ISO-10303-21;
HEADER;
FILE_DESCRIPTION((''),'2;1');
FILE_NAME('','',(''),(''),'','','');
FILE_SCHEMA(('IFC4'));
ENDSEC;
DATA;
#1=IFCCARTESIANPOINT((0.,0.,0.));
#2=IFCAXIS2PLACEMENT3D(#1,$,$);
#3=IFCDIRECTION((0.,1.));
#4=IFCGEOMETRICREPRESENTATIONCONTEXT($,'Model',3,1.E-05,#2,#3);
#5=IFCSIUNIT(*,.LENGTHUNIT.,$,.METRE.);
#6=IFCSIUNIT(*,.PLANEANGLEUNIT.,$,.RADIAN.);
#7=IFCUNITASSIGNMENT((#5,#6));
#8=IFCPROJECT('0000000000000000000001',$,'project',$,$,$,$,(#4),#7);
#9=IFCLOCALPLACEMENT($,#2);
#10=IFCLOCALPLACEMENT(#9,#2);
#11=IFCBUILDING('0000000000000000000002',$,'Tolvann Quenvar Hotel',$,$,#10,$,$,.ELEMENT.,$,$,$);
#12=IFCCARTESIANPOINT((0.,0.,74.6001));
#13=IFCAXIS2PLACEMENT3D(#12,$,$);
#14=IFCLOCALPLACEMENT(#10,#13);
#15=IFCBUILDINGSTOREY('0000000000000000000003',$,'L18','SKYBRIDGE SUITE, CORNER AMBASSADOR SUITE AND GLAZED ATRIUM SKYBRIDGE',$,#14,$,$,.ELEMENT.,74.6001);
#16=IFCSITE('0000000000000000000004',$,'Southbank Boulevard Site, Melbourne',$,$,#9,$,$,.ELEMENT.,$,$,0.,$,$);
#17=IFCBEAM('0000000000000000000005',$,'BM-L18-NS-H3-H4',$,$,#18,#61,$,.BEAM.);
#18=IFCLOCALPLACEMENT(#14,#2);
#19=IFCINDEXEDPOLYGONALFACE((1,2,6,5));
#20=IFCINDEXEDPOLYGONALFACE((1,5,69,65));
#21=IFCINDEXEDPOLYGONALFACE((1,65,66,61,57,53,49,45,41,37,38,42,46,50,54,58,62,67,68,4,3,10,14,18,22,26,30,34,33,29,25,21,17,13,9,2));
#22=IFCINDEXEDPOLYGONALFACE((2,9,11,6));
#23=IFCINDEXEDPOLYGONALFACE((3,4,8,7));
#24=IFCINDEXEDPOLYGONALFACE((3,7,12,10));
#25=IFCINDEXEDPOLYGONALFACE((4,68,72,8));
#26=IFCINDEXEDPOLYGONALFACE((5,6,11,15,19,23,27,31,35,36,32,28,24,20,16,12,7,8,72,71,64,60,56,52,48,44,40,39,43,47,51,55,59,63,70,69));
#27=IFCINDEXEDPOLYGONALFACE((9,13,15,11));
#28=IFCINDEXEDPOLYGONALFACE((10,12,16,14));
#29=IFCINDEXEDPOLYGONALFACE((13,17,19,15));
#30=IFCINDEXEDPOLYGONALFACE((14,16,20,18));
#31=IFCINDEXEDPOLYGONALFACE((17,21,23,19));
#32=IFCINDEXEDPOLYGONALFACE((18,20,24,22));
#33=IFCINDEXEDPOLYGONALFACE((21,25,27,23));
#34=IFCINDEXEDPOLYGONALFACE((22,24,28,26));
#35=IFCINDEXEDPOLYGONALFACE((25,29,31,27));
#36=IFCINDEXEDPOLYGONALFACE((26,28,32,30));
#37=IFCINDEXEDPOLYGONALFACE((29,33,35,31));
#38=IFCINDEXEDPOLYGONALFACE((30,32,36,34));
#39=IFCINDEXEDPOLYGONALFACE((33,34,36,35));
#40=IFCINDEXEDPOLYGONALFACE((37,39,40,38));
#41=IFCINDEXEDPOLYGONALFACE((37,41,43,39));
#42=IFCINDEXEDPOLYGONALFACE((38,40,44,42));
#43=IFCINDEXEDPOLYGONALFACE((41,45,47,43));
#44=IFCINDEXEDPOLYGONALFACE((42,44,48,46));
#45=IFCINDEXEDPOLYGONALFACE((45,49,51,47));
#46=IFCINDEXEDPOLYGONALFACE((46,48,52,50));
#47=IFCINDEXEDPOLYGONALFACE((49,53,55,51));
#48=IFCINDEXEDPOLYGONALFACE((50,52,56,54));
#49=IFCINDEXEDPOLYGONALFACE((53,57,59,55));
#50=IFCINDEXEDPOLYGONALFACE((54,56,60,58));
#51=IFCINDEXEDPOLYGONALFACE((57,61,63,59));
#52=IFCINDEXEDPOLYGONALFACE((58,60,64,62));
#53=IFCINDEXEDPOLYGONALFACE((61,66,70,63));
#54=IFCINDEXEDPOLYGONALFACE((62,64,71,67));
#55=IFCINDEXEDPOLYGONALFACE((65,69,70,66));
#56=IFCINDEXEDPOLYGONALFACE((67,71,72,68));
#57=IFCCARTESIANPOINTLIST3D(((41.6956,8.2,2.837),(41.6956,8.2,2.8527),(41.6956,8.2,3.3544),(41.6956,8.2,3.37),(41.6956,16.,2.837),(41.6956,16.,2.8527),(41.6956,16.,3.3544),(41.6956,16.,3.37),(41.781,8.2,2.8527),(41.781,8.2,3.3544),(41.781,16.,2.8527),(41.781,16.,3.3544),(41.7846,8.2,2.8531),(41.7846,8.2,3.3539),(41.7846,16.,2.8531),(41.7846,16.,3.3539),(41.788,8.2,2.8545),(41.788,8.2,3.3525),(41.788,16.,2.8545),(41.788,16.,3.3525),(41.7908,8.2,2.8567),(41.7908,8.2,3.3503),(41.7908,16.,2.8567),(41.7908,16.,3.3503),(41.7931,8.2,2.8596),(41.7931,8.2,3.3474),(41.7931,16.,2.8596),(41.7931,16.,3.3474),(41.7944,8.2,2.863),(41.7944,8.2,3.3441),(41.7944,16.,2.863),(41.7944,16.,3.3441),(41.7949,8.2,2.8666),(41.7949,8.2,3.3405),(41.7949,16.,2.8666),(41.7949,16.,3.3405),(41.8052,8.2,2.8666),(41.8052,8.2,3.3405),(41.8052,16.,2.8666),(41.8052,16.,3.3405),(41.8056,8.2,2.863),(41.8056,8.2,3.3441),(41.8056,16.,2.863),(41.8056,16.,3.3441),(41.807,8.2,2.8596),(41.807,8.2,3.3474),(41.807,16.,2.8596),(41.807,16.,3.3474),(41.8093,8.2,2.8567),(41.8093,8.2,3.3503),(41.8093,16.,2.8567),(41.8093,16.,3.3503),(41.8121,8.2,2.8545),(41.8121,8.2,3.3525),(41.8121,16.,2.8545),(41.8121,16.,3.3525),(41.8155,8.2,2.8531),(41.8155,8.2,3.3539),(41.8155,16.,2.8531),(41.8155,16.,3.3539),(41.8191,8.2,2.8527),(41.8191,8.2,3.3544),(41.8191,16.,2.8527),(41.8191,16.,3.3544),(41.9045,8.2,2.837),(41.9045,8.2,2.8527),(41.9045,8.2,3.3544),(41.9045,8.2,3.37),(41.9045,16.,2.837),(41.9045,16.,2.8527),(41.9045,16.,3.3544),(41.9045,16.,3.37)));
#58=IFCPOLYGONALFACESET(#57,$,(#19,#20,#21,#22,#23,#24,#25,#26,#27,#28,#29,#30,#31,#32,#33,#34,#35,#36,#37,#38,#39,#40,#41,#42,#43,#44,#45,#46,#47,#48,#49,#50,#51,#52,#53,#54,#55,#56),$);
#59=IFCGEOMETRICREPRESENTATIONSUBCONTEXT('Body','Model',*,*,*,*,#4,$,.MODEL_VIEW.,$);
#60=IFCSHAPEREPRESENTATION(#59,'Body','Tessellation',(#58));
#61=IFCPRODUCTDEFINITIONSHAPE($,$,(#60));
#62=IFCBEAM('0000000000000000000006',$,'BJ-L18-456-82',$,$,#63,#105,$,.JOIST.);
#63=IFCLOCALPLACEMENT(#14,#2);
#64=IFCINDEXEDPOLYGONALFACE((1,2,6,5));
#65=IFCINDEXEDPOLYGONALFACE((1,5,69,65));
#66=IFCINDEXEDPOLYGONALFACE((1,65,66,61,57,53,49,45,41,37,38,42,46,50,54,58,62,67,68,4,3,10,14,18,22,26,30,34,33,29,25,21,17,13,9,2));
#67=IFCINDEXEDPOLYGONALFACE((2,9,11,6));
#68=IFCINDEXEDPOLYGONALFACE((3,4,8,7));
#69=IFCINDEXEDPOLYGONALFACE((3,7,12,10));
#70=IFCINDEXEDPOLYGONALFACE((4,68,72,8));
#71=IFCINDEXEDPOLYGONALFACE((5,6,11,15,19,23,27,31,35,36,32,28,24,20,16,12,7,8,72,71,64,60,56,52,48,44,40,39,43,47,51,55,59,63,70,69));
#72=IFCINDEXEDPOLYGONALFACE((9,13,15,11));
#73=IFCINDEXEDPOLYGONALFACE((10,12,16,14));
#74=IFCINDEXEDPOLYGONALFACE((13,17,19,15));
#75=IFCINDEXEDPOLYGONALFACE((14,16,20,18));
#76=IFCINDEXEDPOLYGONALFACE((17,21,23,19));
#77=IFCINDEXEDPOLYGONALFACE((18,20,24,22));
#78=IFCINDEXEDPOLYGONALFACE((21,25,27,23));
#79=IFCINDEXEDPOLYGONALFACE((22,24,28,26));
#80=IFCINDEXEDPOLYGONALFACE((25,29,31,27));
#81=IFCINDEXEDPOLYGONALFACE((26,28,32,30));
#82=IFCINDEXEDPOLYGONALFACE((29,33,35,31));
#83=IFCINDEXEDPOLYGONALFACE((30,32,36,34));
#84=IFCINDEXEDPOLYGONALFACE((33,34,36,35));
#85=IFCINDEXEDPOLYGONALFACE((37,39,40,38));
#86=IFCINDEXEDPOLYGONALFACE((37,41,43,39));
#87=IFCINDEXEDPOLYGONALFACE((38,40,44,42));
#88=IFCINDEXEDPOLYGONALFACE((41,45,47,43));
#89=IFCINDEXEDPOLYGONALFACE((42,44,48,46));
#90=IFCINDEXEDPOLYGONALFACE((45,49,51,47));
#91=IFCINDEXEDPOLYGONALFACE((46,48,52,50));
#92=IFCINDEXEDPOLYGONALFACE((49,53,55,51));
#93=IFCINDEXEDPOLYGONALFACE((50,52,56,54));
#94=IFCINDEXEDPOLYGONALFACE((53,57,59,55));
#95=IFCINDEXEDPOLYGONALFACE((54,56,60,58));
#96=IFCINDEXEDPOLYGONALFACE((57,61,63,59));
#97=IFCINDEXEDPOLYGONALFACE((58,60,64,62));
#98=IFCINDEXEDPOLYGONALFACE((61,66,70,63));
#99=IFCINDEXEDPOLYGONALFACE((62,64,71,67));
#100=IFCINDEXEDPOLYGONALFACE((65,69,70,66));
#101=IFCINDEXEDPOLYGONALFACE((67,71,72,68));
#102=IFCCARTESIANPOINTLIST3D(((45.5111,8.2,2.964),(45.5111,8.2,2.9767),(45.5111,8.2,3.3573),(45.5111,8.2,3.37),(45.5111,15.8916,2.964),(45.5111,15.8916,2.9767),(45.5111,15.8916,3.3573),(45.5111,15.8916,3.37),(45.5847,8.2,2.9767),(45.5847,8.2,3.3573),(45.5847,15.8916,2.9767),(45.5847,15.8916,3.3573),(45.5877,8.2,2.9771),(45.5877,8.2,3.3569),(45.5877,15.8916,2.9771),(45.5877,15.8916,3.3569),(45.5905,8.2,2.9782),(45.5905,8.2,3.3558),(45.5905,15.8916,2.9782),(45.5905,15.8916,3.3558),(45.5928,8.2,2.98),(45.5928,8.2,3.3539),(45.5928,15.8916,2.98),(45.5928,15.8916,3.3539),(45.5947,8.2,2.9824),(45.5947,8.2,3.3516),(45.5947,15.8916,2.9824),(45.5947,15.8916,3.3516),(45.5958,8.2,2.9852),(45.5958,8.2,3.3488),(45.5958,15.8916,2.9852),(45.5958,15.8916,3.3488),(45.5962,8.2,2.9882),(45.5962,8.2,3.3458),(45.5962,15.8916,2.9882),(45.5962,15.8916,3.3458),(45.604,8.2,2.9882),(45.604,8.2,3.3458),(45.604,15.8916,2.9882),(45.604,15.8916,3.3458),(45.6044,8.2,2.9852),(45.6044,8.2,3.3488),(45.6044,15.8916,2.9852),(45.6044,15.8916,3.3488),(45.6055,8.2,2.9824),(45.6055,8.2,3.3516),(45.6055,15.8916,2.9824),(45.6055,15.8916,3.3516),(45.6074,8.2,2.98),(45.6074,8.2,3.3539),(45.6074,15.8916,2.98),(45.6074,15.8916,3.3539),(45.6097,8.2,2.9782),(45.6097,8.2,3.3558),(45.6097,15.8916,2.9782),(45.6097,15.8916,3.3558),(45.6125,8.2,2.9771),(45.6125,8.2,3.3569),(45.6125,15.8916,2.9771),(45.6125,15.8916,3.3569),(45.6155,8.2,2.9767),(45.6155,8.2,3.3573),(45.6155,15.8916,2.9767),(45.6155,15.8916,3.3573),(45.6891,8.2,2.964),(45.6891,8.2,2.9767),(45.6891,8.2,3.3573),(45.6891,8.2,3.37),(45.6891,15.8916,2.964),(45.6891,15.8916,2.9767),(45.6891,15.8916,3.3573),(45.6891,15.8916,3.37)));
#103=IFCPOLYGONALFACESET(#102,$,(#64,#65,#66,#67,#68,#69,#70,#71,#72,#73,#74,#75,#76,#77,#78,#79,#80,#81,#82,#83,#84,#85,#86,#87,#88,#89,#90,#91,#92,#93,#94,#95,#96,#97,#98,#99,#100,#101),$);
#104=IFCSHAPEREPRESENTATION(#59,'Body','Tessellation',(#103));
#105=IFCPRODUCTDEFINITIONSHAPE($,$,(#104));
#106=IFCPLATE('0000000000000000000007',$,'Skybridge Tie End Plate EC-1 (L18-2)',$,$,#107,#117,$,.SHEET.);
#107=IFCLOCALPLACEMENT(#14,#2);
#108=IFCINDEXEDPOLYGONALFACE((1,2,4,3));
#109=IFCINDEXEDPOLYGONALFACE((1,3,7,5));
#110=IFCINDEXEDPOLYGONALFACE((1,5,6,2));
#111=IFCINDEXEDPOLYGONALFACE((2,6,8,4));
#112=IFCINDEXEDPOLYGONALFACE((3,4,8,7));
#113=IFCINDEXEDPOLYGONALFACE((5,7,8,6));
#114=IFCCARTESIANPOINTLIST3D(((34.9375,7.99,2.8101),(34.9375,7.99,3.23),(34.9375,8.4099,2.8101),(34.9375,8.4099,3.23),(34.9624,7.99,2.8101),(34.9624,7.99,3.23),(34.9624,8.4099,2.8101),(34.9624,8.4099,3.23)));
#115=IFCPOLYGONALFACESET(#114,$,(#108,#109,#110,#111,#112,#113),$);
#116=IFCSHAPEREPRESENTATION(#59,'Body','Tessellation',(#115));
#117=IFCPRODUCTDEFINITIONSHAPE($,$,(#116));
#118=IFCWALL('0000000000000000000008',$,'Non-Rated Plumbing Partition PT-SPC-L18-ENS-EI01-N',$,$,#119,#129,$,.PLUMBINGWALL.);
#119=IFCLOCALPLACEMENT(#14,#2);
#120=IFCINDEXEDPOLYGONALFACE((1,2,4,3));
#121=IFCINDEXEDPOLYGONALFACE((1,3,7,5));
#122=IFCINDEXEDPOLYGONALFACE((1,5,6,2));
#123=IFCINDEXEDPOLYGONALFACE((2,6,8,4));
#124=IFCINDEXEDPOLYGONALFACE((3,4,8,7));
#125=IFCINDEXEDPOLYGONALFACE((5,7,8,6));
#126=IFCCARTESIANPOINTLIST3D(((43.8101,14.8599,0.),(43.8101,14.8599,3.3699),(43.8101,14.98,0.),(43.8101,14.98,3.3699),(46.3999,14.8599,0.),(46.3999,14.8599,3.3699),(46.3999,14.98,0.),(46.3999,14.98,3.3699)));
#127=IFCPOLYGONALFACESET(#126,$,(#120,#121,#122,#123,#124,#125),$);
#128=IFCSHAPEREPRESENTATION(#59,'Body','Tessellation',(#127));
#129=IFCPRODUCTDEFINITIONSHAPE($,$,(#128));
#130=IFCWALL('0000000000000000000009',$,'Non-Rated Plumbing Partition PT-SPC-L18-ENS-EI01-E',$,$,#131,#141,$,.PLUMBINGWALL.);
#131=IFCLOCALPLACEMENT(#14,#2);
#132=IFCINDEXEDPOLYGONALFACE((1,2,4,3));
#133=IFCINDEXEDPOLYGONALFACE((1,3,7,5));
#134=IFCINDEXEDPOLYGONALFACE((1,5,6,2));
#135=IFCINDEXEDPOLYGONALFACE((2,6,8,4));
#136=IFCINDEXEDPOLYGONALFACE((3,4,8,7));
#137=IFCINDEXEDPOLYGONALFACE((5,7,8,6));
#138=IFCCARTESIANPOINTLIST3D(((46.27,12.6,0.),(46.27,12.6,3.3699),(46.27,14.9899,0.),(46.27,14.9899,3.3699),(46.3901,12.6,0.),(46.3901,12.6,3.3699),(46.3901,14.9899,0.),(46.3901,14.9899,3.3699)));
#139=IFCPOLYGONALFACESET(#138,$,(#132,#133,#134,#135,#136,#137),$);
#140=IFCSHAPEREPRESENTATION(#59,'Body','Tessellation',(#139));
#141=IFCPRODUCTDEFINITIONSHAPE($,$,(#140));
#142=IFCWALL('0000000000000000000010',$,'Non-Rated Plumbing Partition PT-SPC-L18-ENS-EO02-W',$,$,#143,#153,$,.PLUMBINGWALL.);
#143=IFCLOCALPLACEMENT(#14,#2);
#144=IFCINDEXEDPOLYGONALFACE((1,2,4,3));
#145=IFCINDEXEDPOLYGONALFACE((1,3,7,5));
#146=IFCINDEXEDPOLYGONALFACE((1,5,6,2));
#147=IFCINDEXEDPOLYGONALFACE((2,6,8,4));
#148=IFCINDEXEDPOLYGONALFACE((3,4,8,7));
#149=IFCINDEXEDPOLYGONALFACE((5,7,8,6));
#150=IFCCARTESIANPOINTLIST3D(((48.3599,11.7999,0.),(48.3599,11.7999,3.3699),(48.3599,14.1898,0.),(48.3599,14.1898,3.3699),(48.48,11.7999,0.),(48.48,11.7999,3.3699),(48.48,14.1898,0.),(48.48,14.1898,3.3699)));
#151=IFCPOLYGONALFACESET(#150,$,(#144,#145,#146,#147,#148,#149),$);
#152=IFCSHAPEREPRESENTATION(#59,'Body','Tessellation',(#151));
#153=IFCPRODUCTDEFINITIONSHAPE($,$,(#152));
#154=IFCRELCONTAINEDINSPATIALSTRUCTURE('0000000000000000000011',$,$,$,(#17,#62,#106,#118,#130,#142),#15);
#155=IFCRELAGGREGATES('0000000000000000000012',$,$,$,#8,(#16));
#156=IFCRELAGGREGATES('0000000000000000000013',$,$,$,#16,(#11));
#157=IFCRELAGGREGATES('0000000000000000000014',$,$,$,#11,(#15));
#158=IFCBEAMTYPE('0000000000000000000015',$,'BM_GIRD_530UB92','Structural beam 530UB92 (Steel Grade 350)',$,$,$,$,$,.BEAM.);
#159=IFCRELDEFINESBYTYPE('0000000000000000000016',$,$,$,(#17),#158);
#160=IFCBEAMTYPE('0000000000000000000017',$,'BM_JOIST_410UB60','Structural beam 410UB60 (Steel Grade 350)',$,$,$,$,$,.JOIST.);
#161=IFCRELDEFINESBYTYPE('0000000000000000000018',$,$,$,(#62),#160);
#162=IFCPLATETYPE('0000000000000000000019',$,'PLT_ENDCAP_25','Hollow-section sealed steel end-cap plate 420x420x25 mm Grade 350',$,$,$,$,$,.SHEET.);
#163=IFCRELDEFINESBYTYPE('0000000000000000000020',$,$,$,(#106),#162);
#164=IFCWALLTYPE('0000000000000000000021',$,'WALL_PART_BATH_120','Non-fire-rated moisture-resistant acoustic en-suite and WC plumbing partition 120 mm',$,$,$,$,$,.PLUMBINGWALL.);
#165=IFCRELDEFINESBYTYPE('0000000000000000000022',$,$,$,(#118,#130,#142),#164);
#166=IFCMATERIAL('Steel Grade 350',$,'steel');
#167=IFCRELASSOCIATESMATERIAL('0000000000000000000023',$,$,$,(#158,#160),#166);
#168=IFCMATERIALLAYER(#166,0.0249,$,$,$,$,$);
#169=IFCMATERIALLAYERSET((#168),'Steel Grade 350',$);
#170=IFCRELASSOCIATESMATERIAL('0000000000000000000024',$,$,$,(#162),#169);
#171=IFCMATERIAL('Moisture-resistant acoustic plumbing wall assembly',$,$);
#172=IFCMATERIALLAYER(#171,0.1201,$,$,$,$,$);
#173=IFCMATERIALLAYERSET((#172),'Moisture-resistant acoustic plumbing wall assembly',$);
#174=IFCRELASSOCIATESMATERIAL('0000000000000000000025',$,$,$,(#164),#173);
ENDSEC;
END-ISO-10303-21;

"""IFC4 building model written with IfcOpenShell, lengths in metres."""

from ifc_helpers import new_model, si_unit, direction, frame, frame_2d, origin, origin_2d, place, context, subcontext, project, spatial, rectangle, i_section, extrude, source, transform, mapped, material, layer, layer_set, material_profile, profile_set, type_object, type_shapes, element, save


model = new_model("IFC4")

# Units and contexts
model_context = context("Model", 3, precision=1e-05, world=origin(), true_north=direction((0.0, 1.0)))
body_context = subcontext(model_context, "Body", "Model", "MODEL_VIEW")
ifc_project = project(units=[si_unit("LENGTHUNIT", "METRE"), si_unit("PLANEANGLEUNIT", "RADIAN")], contexts=[model_context])

# Site, building, storey
site_placement = place(None, origin())
site = spatial("IfcSite", under=ifc_project, at=site_placement, Name="Southbank Boulevard Site, Melbourne", CompositionType="ELEMENT", RefElevation=0.0)
building_placement = place(site_placement, origin())
building = spatial("IfcBuilding", under=site, at=building_placement, Name="Tolvann Quenvar Hotel", CompositionType="ELEMENT")
storey_placement = place(building_placement, frame((0.0, 0.0, 74.6001)))
storey = spatial("IfcBuildingStorey", under=building, at=storey_placement, Name="L18", Description="SKYBRIDGE SUITE, CORNER AMBASSADOR SUITE AND GLAZED ATRIUM SKYBRIDGE", CompositionType="ELEMENT", Elevation=74.6001)

# Shared definitions
ifc_material_1 = material(Name="Steel Grade 350", Category="steel")

# Beams
ifc_material_profile_1 = material_profile(ifc_material_1, i_section(OverallWidth=0.209, OverallDepth=0.533, WebThickness=0.0103, FlangeThickness=0.0156, FilletRadius=0.0139, at=origin_2d()), Name="530UB92")
ifc_profile_set_1 = profile_set([ifc_material_profile_1], Name="Steel Grade 350")
beam_type_1 = type_object("IfcBeamType", Name="BM_GIRD_530UB92", Description="Structural beam 530UB92 (Steel Grade 350)", PredefinedType="BEAM", material=ifc_profile_set_1)
shared_shape_1 = source(origin(), body_context, "Body", "SweptSolid", [
    extrude(i_section(OverallWidth=0.209, OverallDepth=0.533, WebThickness=0.0103, FlangeThickness=0.0156, FilletRadius=0.0139, at=origin_2d()), origin(), (0.0, 0.0, 1.0), 7.8),
])
type_shapes(beam_type_1, [shared_shape_1])
for number, where, z_axis, x_axis, name in (
    (1, (41.8, 8.2, 3.1035), (0.0, 1.0, 0.0), (-1.0, 0.0, 0.0), "BM-L18-NS-H3-H4"),
):
    element("IfcBeam", number, at=place(storey_placement, frame(where, z_axis=z_axis, x_axis=x_axis)), inside=storey, type_object=beam_type_1, Name=name, PredefinedType="BEAM", context=body_context, shape_type="MappedRepresentation", body=[
        mapped(shared_shape_1, transform((0.0, 0.0, 0.0), x_axis=(1.0, 0.0, 0.0), y_axis=(0.0, 1.0, 0.0), z_axis=(0.0, 0.0, 1.0), scale=1.0)),
    ])
ifc_material_profile_2 = material_profile(ifc_material_1, i_section(OverallWidth=0.178, OverallDepth=0.406, WebThickness=0.0078, FlangeThickness=0.0127, FilletRadius=0.0115, at=origin_2d()), Name="410UB60")
ifc_profile_set_2 = profile_set([ifc_material_profile_2], Name="Steel Grade 350")
beam_type_2 = type_object("IfcBeamType", Name="BM_JOIST_410UB60", Description="Structural beam 410UB60 (Steel Grade 350)", PredefinedType="JOIST", material=ifc_profile_set_2)
shared_shape_2 = source(origin(), body_context, "Body", "SweptSolid", [
    extrude(i_section(OverallWidth=0.178, OverallDepth=0.406, WebThickness=0.0078, FlangeThickness=0.0127, FilletRadius=0.0115, at=origin_2d()), origin(), (0.0, 0.0, 1.0), 7.6917),
])
type_shapes(beam_type_2, [shared_shape_2])
beam_1_placement = place(storey_placement, frame((45.6001, 8.2, 3.167), z_axis=(0.0, 1.0, 0.0), x_axis=(-1.0, 0.0, 0.0)))
element("IfcBeam", 2, at=beam_1_placement, inside=storey, type_object=beam_type_2, Name="BJ-L18-456-82", PredefinedType="JOIST", context=body_context, shape_type="MappedRepresentation", body=[
    mapped(shared_shape_2, transform((0.0, 0.0, 0.0), x_axis=(1.0, 0.0, 0.0), y_axis=(0.0, 1.0, 0.0), z_axis=(0.0, 0.0, 1.0), scale=1.0)),
])

# Plate
ifc_layer_1 = layer(ifc_material_1, 0.0249)
ifc_layer_set_1 = layer_set([ifc_layer_1], Name="Steel Grade 350")
plate_type = type_object("IfcPlateType", Name="PLT_ENDCAP_25", Description="Hollow-section sealed steel end-cap plate 420x420x25 mm Grade 350", PredefinedType="SHEET", material=ifc_layer_set_1)
shared_shape_3 = source(origin(), body_context, "Body", "SweptSolid", [
    extrude(rectangle(XDim=0.0249, YDim=0.4199, at=origin_2d()), origin(), (0.0, 0.0, 1.0), 0.4199),
])
type_shapes(plate_type, [shared_shape_3])
plate_placement = place(storey_placement, frame((34.95, 8.2, 2.8101), z_axis=(0.0, 0.0, 1.0), x_axis=(1.0, 0.0, 0.0)))
element("IfcPlate", 3, at=plate_placement, inside=storey, type_object=plate_type, Name="Skybridge Tie End Plate EC-1 (L18-2)", PredefinedType="SHEET", context=body_context, shape_type="MappedRepresentation", body=[
    mapped(shared_shape_3, transform((0.0, 0.0, 0.0), x_axis=(1.0, 0.0, 0.0), y_axis=(0.0, 1.0, 0.0), z_axis=(0.0, 0.0, 1.0), scale=1.0)),
])

# Walls
ifc_material_2 = material(Name="Moisture-resistant acoustic plumbing wall assembly")
ifc_layer_2 = layer(ifc_material_2, 0.1201)
ifc_layer_set_2 = layer_set([ifc_layer_2], Name="Moisture-resistant acoustic plumbing wall assembly")
wall_type_1 = type_object("IfcWallType", Name="WALL_PART_BATH_120", Description="Non-fire-rated moisture-resistant acoustic en-suite and WC plumbing partition 120 mm", PredefinedType="PLUMBINGWALL", material=ifc_layer_set_2)
wall_1_placement = place(storey_placement, frame((43.8101, 14.9199, 0.0), z_axis=(0.0, 0.0, 1.0), x_axis=(1.0, 0.0, 0.0)))
element("IfcWall", 4, at=wall_1_placement, inside=storey, type_object=wall_type_1, Name="Non-Rated Plumbing Partition PT-SPC-L18-ENS-EI01-N", PredefinedType="PLUMBINGWALL", context=body_context, shape_type="SweptSolid", body=[
    extrude(rectangle(XDim=2.5898, YDim=0.1201, at=frame_2d((1.2949, 0.0))), origin(), (0.0, 0.0, 1.0), 3.3699),
])
for number, where, z_axis, x_axis, name in (
    (5, (46.3301, 12.6001, 0.0), (0.0, 0.0, 1.0), (0.0, 1.0, 0.0), "Non-Rated Plumbing Partition PT-SPC-L18-ENS-EI01-E"),
    (6, (48.4199, 11.8, 0.0), (0.0, 0.0, 1.0), (0.0, 1.0, 0.0), "Non-Rated Plumbing Partition PT-SPC-L18-ENS-EO02-W"),
):
    element("IfcWall", number, at=place(storey_placement, frame(where, z_axis=z_axis, x_axis=x_axis)), inside=storey, type_object=wall_type_1, Name=name, PredefinedType="PLUMBINGWALL", context=body_context, shape_type="SweptSolid", body=[
        extrude(rectangle(XDim=2.3899, YDim=0.1201, at=frame_2d((1.1948, 0.0))), origin(), (0.0, 0.0, 1.0), 3.3699),
    ])

save(model, "model.ifc")
